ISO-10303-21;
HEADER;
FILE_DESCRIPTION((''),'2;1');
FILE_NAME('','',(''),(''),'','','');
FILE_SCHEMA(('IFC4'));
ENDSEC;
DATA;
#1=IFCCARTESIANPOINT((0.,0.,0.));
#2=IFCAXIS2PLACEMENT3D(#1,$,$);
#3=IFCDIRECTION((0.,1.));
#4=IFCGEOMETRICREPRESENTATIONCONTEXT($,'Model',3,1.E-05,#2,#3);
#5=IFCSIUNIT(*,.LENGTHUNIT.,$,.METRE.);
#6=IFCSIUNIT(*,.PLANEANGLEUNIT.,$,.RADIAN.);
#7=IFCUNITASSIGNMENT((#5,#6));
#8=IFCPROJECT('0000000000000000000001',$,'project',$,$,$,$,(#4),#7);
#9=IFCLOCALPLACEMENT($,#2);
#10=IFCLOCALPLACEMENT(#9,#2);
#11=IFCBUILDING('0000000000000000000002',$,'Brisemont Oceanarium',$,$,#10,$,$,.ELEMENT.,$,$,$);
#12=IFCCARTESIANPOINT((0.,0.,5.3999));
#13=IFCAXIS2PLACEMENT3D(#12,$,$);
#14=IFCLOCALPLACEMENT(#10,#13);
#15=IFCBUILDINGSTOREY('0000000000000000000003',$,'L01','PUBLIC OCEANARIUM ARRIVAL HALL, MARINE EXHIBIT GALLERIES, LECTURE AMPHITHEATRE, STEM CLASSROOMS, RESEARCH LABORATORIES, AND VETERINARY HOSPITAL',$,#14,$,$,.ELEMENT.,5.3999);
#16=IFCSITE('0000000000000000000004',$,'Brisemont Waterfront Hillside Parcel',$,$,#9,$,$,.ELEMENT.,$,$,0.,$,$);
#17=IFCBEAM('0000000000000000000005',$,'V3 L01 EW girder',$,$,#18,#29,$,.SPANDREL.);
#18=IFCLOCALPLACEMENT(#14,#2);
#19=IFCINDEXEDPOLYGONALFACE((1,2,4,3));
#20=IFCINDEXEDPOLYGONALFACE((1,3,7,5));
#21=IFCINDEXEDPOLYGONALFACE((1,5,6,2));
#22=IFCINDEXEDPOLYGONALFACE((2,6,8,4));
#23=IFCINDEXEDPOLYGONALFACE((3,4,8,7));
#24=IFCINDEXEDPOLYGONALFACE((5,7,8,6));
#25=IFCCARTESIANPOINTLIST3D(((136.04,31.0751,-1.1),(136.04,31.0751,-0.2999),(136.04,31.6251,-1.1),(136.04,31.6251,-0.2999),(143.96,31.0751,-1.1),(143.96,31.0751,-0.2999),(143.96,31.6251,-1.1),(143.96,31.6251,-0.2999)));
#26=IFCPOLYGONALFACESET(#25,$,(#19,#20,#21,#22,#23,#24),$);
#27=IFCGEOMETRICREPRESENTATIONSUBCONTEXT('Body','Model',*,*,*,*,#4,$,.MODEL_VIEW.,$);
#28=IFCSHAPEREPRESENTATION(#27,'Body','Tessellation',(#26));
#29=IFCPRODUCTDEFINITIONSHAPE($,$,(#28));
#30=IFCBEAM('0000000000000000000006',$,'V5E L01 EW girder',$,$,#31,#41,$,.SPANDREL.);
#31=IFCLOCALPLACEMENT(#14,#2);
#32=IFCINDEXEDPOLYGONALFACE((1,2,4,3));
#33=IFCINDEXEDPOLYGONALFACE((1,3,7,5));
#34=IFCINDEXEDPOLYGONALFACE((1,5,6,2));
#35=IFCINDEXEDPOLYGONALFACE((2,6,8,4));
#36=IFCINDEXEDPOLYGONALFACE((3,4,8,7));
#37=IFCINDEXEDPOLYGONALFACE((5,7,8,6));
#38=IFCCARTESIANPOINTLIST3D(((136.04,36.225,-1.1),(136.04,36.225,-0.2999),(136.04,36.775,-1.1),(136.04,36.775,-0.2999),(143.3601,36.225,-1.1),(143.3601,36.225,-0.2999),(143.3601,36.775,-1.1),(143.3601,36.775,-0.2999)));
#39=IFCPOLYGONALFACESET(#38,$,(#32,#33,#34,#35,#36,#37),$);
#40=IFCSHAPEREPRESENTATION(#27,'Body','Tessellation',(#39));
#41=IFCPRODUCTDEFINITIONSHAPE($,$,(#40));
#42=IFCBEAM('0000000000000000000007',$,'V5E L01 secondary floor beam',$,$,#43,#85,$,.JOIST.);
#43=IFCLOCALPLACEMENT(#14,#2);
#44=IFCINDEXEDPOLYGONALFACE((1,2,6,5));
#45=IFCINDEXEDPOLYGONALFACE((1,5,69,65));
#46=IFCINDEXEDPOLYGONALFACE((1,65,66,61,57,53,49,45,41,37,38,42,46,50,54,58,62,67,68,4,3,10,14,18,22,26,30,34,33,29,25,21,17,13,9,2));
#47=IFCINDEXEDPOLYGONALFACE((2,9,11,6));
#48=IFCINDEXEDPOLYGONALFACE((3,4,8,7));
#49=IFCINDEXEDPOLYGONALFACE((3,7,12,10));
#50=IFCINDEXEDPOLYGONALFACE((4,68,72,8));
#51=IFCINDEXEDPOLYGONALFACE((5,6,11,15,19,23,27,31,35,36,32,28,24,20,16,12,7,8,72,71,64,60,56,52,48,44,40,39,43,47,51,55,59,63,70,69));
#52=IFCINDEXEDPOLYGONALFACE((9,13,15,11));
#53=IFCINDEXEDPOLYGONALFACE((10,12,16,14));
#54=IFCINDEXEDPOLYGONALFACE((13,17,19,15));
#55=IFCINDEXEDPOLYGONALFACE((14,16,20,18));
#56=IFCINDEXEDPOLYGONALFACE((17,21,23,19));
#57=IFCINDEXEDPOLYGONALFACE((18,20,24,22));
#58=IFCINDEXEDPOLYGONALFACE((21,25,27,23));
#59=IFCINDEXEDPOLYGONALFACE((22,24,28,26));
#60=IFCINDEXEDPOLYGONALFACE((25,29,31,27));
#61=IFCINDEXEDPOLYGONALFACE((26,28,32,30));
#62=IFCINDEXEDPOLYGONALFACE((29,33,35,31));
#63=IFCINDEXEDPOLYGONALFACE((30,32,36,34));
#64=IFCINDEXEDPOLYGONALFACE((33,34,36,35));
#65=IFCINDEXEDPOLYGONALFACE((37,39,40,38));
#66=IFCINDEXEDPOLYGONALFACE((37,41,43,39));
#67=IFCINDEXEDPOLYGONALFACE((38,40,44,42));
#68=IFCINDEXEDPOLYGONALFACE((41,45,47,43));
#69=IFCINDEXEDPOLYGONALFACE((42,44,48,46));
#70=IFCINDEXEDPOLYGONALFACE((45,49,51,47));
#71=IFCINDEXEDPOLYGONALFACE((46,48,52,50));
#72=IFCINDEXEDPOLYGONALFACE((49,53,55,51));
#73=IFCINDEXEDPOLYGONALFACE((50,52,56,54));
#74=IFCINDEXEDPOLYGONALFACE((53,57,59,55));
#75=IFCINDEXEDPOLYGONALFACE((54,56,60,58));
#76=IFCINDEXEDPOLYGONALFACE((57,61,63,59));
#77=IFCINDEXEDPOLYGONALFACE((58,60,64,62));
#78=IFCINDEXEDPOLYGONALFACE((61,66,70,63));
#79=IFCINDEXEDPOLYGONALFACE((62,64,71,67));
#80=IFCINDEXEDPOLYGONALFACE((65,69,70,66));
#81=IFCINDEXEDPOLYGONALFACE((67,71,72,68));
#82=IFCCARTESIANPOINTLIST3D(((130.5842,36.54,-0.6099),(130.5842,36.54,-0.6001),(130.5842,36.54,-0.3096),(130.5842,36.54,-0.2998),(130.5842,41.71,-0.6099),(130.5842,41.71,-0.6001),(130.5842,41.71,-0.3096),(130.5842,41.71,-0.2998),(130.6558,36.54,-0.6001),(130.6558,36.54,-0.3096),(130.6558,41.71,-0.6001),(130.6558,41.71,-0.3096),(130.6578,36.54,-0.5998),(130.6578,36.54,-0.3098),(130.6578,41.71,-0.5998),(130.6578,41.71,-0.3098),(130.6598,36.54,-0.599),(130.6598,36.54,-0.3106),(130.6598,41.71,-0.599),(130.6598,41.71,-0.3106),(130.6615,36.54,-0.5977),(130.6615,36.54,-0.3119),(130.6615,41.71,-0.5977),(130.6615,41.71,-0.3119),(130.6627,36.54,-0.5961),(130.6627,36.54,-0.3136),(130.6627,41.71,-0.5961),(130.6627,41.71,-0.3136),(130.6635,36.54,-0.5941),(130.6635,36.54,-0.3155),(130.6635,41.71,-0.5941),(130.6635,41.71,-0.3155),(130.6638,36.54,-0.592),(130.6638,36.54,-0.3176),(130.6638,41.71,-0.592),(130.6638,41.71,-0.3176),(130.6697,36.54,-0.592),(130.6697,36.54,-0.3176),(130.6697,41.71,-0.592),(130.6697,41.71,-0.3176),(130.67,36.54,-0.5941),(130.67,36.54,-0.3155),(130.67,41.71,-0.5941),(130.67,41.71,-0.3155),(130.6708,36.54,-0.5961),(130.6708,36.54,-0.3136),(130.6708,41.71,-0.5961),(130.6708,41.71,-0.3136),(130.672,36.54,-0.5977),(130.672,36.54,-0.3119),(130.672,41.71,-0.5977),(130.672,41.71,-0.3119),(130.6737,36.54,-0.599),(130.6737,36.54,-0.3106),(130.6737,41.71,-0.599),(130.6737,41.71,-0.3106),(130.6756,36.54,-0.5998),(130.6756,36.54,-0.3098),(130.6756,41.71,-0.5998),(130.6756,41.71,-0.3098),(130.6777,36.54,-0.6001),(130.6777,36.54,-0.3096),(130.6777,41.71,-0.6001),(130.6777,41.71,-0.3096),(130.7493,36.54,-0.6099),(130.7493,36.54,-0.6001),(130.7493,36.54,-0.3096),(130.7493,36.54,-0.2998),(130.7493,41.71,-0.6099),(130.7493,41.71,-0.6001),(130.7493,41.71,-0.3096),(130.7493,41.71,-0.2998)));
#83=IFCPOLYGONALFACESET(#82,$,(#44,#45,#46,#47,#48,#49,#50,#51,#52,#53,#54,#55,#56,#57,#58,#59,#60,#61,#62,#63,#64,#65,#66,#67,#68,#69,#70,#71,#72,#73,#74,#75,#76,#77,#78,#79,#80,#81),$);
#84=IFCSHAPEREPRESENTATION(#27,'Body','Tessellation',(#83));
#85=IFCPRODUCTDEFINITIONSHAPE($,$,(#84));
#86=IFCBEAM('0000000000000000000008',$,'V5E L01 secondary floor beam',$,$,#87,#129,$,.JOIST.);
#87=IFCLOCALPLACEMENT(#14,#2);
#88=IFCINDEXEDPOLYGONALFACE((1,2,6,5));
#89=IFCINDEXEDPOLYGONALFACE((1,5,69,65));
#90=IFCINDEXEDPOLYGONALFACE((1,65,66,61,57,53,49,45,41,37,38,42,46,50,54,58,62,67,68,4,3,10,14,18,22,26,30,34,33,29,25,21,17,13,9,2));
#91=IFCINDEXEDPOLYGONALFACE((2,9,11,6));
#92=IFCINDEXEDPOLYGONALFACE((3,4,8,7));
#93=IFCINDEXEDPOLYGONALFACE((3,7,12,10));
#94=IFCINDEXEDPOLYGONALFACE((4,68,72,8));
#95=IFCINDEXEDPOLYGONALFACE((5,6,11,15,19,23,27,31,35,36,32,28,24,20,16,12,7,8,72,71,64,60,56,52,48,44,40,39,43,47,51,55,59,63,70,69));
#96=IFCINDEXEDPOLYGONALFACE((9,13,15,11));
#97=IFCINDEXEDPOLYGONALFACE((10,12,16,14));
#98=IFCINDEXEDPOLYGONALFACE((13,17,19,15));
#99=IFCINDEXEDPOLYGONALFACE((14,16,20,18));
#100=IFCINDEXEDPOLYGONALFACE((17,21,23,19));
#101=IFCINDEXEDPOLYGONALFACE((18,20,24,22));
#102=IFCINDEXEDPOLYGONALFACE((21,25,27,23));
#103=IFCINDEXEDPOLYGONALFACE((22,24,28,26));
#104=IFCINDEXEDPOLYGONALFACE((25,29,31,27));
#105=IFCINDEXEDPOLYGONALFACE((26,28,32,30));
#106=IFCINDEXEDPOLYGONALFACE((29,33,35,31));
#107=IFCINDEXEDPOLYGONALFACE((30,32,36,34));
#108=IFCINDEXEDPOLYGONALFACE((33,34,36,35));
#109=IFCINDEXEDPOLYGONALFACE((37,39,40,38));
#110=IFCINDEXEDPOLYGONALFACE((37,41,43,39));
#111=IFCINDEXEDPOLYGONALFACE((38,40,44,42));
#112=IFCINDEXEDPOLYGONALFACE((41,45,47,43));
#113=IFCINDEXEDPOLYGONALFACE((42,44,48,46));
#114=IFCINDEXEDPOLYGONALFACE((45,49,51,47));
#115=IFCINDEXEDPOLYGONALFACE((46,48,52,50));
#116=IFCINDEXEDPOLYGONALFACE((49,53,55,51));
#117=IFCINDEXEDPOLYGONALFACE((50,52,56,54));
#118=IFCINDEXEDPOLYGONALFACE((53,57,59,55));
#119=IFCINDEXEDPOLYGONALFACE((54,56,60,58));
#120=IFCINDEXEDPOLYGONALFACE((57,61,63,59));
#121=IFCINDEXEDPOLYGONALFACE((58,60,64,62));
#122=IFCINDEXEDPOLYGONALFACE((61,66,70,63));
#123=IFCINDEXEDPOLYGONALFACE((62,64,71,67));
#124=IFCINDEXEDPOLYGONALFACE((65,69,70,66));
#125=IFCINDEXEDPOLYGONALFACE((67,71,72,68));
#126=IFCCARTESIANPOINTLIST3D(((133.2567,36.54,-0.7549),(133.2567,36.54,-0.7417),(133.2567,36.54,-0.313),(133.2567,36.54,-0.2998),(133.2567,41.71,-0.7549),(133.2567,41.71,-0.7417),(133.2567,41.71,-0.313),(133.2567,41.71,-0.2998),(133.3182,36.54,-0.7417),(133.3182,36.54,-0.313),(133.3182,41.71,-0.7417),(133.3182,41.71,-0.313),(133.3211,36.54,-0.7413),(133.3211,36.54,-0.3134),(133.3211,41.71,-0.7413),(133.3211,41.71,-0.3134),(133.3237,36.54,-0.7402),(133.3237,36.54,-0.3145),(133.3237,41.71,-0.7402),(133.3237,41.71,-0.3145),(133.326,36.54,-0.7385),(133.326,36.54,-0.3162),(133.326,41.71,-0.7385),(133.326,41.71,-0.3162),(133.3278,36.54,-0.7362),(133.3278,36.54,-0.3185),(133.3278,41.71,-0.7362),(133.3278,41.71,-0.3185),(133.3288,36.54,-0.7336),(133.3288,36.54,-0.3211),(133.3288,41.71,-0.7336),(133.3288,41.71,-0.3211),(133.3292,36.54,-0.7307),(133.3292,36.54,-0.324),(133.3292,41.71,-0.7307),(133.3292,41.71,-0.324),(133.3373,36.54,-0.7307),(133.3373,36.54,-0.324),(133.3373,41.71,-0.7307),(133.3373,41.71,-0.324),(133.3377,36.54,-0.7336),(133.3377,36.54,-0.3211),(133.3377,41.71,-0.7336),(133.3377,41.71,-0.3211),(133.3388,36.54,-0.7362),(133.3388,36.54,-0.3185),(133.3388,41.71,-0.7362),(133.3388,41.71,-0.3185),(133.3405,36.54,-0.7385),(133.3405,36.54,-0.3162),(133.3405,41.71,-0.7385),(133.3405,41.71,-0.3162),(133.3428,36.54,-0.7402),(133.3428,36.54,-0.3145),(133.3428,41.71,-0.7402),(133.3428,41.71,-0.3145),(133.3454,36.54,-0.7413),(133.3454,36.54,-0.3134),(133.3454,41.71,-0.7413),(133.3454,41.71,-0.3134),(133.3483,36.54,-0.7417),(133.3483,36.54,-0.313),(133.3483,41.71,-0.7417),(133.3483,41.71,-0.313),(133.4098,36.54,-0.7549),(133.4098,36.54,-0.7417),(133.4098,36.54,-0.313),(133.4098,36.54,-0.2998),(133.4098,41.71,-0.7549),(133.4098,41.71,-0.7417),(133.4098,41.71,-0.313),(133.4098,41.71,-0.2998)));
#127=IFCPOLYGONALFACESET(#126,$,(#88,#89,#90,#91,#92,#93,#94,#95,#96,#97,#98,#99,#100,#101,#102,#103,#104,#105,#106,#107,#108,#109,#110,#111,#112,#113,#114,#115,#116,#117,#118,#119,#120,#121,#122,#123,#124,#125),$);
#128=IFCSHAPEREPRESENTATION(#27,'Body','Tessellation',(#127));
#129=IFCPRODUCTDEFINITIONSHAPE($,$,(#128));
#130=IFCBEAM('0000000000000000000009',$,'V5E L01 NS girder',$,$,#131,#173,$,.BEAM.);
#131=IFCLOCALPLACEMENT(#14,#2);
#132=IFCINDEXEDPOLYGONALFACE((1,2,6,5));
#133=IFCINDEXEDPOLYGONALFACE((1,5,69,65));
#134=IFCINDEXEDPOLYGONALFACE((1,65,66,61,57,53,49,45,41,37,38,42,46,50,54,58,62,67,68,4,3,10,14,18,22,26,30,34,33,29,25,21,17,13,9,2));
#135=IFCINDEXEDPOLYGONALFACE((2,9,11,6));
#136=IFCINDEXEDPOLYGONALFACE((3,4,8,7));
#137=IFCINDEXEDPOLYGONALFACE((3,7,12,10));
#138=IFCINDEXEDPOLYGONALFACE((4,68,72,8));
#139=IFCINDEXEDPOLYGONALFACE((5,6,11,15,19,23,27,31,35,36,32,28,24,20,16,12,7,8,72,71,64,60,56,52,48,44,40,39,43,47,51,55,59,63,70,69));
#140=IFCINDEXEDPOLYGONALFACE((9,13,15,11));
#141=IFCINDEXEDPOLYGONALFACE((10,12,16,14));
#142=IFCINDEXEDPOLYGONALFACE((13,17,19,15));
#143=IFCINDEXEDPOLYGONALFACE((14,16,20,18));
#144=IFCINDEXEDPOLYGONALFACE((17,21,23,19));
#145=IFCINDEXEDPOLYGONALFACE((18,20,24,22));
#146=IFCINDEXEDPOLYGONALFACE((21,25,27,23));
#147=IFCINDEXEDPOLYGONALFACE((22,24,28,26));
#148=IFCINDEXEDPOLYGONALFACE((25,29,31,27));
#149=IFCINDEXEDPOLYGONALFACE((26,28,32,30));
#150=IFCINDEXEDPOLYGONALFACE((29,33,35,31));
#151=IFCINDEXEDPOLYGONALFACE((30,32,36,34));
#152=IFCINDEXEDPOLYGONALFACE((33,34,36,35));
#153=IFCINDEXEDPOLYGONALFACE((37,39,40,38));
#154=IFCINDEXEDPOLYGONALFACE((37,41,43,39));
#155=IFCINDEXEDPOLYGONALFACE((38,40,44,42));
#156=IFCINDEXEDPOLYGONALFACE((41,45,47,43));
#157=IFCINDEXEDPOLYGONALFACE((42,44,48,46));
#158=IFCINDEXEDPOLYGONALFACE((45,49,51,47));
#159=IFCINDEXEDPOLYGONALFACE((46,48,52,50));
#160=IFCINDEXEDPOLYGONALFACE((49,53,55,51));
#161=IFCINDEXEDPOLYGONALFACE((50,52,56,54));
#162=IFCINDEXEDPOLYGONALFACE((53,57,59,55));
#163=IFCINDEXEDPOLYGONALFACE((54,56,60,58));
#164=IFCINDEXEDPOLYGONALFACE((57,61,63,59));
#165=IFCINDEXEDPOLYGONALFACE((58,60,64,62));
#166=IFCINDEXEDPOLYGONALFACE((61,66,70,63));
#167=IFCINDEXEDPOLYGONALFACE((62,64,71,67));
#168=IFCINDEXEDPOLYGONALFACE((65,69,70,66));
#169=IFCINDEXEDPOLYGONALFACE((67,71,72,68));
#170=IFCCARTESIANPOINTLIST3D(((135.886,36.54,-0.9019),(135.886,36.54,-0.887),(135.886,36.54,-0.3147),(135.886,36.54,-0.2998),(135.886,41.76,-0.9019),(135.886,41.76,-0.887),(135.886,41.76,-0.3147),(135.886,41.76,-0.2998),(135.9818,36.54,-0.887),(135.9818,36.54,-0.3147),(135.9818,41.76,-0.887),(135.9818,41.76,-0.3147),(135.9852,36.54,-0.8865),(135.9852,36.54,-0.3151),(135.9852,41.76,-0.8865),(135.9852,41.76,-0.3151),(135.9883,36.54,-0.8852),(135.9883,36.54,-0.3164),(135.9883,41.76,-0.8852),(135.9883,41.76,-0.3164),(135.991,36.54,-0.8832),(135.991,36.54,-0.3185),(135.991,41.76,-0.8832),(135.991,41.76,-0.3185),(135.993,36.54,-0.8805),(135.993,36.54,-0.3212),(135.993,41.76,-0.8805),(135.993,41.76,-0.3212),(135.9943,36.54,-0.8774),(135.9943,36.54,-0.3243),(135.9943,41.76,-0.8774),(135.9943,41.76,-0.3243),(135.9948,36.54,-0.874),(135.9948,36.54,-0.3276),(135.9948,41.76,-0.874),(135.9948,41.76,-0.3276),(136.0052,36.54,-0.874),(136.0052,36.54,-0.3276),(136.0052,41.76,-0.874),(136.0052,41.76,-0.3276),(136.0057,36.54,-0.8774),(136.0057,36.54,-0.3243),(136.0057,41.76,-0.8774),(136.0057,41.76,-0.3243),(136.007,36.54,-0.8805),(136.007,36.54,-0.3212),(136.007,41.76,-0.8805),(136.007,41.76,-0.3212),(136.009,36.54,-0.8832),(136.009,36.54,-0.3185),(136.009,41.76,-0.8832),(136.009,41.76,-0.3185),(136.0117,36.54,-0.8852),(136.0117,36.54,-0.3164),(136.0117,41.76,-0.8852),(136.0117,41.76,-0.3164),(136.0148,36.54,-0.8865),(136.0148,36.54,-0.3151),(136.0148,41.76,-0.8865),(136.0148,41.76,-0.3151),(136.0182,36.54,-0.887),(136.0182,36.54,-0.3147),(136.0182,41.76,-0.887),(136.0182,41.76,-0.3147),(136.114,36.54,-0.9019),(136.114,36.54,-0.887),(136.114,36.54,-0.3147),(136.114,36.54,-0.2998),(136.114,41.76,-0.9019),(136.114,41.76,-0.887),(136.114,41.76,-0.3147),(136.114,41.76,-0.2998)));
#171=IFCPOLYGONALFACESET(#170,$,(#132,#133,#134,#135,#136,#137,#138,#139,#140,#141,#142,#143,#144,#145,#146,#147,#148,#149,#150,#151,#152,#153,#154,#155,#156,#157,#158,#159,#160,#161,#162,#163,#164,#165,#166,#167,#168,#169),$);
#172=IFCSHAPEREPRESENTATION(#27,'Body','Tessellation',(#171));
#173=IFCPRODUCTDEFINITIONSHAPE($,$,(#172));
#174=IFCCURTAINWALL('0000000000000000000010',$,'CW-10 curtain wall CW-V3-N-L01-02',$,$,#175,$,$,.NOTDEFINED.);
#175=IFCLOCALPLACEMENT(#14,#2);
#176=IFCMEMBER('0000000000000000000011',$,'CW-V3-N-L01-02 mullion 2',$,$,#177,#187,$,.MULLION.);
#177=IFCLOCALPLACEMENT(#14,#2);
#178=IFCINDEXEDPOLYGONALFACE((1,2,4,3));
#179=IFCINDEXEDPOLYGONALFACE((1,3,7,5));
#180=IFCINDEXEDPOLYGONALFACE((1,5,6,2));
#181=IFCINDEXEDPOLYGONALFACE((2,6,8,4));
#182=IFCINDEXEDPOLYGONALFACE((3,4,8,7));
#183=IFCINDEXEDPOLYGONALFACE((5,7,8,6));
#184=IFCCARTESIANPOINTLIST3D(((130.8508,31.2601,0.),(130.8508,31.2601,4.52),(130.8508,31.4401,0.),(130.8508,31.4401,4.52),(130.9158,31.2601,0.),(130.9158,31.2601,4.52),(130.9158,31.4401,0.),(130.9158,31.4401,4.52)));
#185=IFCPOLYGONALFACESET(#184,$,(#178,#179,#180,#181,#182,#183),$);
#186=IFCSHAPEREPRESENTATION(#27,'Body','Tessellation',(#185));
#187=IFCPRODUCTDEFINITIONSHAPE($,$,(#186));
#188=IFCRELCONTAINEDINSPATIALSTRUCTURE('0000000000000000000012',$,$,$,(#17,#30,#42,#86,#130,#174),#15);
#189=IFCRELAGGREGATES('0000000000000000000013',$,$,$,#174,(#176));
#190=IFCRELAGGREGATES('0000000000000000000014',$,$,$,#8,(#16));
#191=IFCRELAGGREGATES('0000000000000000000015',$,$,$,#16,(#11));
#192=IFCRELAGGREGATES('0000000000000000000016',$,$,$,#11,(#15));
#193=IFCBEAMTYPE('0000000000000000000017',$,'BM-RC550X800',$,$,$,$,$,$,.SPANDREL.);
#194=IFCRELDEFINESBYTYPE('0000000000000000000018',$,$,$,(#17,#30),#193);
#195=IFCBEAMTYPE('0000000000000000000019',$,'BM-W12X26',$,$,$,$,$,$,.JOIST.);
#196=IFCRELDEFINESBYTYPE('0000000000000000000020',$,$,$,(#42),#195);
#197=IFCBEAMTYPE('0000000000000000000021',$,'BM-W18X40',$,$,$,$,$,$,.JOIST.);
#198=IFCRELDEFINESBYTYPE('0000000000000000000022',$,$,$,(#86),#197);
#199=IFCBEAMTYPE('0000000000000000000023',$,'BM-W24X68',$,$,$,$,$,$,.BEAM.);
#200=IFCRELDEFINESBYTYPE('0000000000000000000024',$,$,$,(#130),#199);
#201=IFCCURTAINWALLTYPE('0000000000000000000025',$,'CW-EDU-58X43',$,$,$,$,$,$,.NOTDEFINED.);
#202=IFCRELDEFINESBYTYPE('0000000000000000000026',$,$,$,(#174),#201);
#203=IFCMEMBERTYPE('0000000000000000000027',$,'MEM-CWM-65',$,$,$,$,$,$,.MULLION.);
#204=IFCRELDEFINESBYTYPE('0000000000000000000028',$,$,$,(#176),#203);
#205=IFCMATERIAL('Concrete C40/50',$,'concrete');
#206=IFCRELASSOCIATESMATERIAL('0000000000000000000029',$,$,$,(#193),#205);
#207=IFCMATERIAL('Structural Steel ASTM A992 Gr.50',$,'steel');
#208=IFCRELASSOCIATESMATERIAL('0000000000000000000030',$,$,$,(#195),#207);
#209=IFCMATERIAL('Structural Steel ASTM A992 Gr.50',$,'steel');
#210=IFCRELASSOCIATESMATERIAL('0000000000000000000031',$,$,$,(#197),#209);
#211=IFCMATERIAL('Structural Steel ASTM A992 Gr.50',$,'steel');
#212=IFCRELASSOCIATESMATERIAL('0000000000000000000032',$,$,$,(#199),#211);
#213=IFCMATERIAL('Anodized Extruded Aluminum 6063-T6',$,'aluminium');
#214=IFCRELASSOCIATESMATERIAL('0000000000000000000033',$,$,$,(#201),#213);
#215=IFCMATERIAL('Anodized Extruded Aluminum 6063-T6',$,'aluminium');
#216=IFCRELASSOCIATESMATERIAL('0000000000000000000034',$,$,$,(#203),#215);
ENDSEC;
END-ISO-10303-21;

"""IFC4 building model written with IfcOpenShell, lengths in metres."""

from ifc_helpers import new_model, si_unit, direction, frame, origin, origin_2d, place, context, subcontext, project, spatial, rectangle, i_section, extrude, material, material_profile, profile_set, type_object, element, aggregate, save


model = new_model("IFC4")

# Units and contexts
model_context = context("Model", 3, precision=1e-05, world=origin(), true_north=direction((0.0, 1.0)))
body_context = subcontext(model_context, "Body", "Model", "MODEL_VIEW")
ifc_project = project(units=[si_unit("LENGTHUNIT", "METRE"), si_unit("PLANEANGLEUNIT", "RADIAN")], contexts=[model_context])

# Site, building, storey
site_placement = place(None, origin())
site = spatial("IfcSite", under=ifc_project, at=site_placement, Name="Brisemont Waterfront Hillside Parcel", CompositionType="ELEMENT", RefElevation=0.0)
building_placement = place(site_placement, origin())
building = spatial("IfcBuilding", under=site, at=building_placement, Name="Brisemont Oceanarium", CompositionType="ELEMENT")
storey_placement = place(building_placement, frame((0.0, 0.0, 5.3999)))
storey = spatial("IfcBuildingStorey", under=building, at=storey_placement, Name="L01", Description="PUBLIC OCEANARIUM ARRIVAL HALL, MARINE EXHIBIT GALLERIES, LECTURE AMPHITHEATRE, STEM CLASSROOMS, RESEARCH LABORATORIES, AND VETERINARY HOSPITAL", CompositionType="ELEMENT", Elevation=5.3999)

# Beams
ifc_material_1 = material(Name="Concrete C40/50", Category="concrete")
ifc_material_profile_1 = material_profile(ifc_material_1, rectangle(XDim=0.55, YDim=0.8, at=origin_2d()), Name="RC-BM-550X800")
ifc_profile_set_1 = profile_set([ifc_material_profile_1], Name="Concrete C40/50")
beam_type_1 = type_object("IfcBeamType", Name="BM-RC550X800", PredefinedType="SPANDREL", material=ifc_profile_set_1)
beam_1_placement = place(storey_placement, frame((136.04, 31.3501, -0.7), z_axis=(1.0, 0.0, 0.0), x_axis=(0.0, 1.0, 0.0)))
element("IfcBeam", 1, at=beam_1_placement, inside=storey, type_object=beam_type_1, Name="V3 L01 EW girder", PredefinedType="SPANDREL", context=body_context, shape_type="SweptSolid", body=[
    extrude(rectangle(XDim=0.55, YDim=0.8, at=origin_2d()), origin(), (0.0, 0.0, 1.0), 7.9199),
])
beam_2_placement = place(storey_placement, frame((136.04, 36.5, -0.7), z_axis=(1.0, 0.0, 0.0), x_axis=(0.0, 1.0, 0.0)))
element("IfcBeam", 2, at=beam_2_placement, inside=storey, type_object=beam_type_1, Name="V5E L01 EW girder", PredefinedType="SPANDREL", context=body_context, shape_type="SweptSolid", body=[
    extrude(rectangle(XDim=0.55, YDim=0.8, at=origin_2d()), origin(), (0.0, 0.0, 1.0), 7.3201),
])
ifc_material_2 = material(Name="Structural Steel ASTM A992 Gr.50", Category="steel")
ifc_material_profile_2 = material_profile(ifc_material_2, i_section(OverallWidth=0.165, OverallDepth=0.3101, WebThickness=0.0059, FlangeThickness=0.0098, FilletRadius=0.0081, at=origin_2d()), Name="W12X26")
ifc_profile_set_2 = profile_set([ifc_material_profile_2], Name="Structural Steel ASTM A992 Gr.50")
beam_type_2 = type_object("IfcBeamType", Name="BM-W12X26", PredefinedType="JOIST", material=ifc_profile_set_2)
beam_3_placement = place(storey_placement, frame((130.6667, 36.54, -0.4548), z_axis=(0.0, 1.0, 0.0), x_axis=(-1.0, 0.0, 0.0)))
element("IfcBeam", 3, at=beam_3_placement, inside=storey, type_object=beam_type_2, Name="V5E L01 secondary floor beam", PredefinedType="JOIST", context=body_context, shape_type="SweptSolid", body=[
    extrude(i_section(OverallWidth=0.165, OverallDepth=0.3101, WebThickness=0.0059, FlangeThickness=0.0098, FilletRadius=0.0081, at=origin_2d()), origin(), (0.0, 0.0, 1.0), 5.1699),
])
ifc_material_3 = material(Name="Structural Steel ASTM A992 Gr.50", Category="steel")
ifc_material_profile_3 = material_profile(ifc_material_3, i_section(OverallWidth=0.1531, OverallDepth=0.4551, WebThickness=0.0081, FlangeThickness=0.0132, FilletRadius=0.011, at=origin_2d()), Name="W18X40")
ifc_profile_set_3 = profile_set([ifc_material_profile_3], Name="Structural Steel ASTM A992 Gr.50")
beam_type_3 = type_object("IfcBeamType", Name="BM-W18X40", PredefinedType="JOIST", material=ifc_profile_set_3)
beam_4_placement = place(storey_placement, frame((133.3333, 36.54, -0.5273), z_axis=(0.0, 1.0, 0.0), x_axis=(-1.0, 0.0, 0.0)))
element("IfcBeam", 4, at=beam_4_placement, inside=storey, type_object=beam_type_3, Name="V5E L01 secondary floor beam", PredefinedType="JOIST", context=body_context, shape_type="SweptSolid", body=[
    extrude(i_section(OverallWidth=0.1531, OverallDepth=0.4551, WebThickness=0.0081, FlangeThickness=0.0132, FilletRadius=0.011, at=origin_2d()), origin(), (0.0, 0.0, 1.0), 5.1699),
])
ifc_material_4 = material(Name="Structural Steel ASTM A992 Gr.50", Category="steel")
ifc_material_profile_4 = material_profile(ifc_material_4, i_section(OverallWidth=0.228, OverallDepth=0.6021, WebThickness=0.0105, FlangeThickness=0.0149, FilletRadius=0.0129, at=origin_2d()), Name="W24X68")
ifc_profile_set_4 = profile_set([ifc_material_profile_4], Name="Structural Steel ASTM A992 Gr.50")
beam_type_4 = type_object("IfcBeamType", Name="BM-W24X68", PredefinedType="BEAM", material=ifc_profile_set_4)
beam_5_placement = place(storey_placement, frame((136.0, 36.54, -0.6008), z_axis=(0.0, 1.0, 0.0), x_axis=(-1.0, 0.0, 0.0)))
element("IfcBeam", 5, at=beam_5_placement, inside=storey, type_object=beam_type_4, Name="V5E L01 NS girder", PredefinedType="BEAM", context=body_context, shape_type="SweptSolid", body=[
    extrude(i_section(OverallWidth=0.228, OverallDepth=0.6021, WebThickness=0.0105, FlangeThickness=0.0149, FilletRadius=0.0129, at=origin_2d()), origin(), (0.0, 0.0, 1.0), 5.22),
])

# Curtain wall, member
ifc_material_5 = material(Name="Anodized Extruded Aluminum 6063-T6", Category="aluminium")
curtain_wall_type = type_object("IfcCurtainWallType", Name="CW-EDU-58X43", PredefinedType="NOTDEFINED", material=ifc_material_5)
curtain_wall_1_placement = place(storey_placement, origin())
curtain_wall_1 = element("IfcCurtainWall", 6, at=curtain_wall_1_placement, inside=storey, type_object=curtain_wall_type, Name="CW-10 curtain wall CW-V3-N-L01-02", PredefinedType="NOTDEFINED")
ifc_material_6 = material(Name="Anodized Extruded Aluminum 6063-T6", Category="aluminium")
ifc_material_profile_5 = material_profile(ifc_material_6, rectangle(XDim=0.0649, YDim=0.1799, at=origin_2d()), Name="CWM-65X180")
ifc_profile_set_5 = profile_set([ifc_material_profile_5], Name="Anodized Extruded Aluminum 6063-T6")
member_type_1 = type_object("IfcMemberType", Name="MEM-CWM-65", PredefinedType="MULLION", material=ifc_profile_set_5)
member_1_placement = place(storey_placement, frame((130.8833, 31.3501, 0.0), z_axis=(0.0, 0.0, 1.0), x_axis=(1.0, 0.0, 0.0)))
member_1 = element("IfcMember", 7, at=member_1_placement, type_object=member_type_1, Name="CW-V3-N-L01-02 mullion 2", PredefinedType="MULLION", context=body_context, shape_type="SweptSolid", body=[
    extrude(rectangle(XDim=0.0649, YDim=0.1799, at=origin_2d()), origin(), (0.0, 0.0, 1.0), 4.52),
])

aggregate(curtain_wall_1, [member_1])

save(model, "model.ifc")
